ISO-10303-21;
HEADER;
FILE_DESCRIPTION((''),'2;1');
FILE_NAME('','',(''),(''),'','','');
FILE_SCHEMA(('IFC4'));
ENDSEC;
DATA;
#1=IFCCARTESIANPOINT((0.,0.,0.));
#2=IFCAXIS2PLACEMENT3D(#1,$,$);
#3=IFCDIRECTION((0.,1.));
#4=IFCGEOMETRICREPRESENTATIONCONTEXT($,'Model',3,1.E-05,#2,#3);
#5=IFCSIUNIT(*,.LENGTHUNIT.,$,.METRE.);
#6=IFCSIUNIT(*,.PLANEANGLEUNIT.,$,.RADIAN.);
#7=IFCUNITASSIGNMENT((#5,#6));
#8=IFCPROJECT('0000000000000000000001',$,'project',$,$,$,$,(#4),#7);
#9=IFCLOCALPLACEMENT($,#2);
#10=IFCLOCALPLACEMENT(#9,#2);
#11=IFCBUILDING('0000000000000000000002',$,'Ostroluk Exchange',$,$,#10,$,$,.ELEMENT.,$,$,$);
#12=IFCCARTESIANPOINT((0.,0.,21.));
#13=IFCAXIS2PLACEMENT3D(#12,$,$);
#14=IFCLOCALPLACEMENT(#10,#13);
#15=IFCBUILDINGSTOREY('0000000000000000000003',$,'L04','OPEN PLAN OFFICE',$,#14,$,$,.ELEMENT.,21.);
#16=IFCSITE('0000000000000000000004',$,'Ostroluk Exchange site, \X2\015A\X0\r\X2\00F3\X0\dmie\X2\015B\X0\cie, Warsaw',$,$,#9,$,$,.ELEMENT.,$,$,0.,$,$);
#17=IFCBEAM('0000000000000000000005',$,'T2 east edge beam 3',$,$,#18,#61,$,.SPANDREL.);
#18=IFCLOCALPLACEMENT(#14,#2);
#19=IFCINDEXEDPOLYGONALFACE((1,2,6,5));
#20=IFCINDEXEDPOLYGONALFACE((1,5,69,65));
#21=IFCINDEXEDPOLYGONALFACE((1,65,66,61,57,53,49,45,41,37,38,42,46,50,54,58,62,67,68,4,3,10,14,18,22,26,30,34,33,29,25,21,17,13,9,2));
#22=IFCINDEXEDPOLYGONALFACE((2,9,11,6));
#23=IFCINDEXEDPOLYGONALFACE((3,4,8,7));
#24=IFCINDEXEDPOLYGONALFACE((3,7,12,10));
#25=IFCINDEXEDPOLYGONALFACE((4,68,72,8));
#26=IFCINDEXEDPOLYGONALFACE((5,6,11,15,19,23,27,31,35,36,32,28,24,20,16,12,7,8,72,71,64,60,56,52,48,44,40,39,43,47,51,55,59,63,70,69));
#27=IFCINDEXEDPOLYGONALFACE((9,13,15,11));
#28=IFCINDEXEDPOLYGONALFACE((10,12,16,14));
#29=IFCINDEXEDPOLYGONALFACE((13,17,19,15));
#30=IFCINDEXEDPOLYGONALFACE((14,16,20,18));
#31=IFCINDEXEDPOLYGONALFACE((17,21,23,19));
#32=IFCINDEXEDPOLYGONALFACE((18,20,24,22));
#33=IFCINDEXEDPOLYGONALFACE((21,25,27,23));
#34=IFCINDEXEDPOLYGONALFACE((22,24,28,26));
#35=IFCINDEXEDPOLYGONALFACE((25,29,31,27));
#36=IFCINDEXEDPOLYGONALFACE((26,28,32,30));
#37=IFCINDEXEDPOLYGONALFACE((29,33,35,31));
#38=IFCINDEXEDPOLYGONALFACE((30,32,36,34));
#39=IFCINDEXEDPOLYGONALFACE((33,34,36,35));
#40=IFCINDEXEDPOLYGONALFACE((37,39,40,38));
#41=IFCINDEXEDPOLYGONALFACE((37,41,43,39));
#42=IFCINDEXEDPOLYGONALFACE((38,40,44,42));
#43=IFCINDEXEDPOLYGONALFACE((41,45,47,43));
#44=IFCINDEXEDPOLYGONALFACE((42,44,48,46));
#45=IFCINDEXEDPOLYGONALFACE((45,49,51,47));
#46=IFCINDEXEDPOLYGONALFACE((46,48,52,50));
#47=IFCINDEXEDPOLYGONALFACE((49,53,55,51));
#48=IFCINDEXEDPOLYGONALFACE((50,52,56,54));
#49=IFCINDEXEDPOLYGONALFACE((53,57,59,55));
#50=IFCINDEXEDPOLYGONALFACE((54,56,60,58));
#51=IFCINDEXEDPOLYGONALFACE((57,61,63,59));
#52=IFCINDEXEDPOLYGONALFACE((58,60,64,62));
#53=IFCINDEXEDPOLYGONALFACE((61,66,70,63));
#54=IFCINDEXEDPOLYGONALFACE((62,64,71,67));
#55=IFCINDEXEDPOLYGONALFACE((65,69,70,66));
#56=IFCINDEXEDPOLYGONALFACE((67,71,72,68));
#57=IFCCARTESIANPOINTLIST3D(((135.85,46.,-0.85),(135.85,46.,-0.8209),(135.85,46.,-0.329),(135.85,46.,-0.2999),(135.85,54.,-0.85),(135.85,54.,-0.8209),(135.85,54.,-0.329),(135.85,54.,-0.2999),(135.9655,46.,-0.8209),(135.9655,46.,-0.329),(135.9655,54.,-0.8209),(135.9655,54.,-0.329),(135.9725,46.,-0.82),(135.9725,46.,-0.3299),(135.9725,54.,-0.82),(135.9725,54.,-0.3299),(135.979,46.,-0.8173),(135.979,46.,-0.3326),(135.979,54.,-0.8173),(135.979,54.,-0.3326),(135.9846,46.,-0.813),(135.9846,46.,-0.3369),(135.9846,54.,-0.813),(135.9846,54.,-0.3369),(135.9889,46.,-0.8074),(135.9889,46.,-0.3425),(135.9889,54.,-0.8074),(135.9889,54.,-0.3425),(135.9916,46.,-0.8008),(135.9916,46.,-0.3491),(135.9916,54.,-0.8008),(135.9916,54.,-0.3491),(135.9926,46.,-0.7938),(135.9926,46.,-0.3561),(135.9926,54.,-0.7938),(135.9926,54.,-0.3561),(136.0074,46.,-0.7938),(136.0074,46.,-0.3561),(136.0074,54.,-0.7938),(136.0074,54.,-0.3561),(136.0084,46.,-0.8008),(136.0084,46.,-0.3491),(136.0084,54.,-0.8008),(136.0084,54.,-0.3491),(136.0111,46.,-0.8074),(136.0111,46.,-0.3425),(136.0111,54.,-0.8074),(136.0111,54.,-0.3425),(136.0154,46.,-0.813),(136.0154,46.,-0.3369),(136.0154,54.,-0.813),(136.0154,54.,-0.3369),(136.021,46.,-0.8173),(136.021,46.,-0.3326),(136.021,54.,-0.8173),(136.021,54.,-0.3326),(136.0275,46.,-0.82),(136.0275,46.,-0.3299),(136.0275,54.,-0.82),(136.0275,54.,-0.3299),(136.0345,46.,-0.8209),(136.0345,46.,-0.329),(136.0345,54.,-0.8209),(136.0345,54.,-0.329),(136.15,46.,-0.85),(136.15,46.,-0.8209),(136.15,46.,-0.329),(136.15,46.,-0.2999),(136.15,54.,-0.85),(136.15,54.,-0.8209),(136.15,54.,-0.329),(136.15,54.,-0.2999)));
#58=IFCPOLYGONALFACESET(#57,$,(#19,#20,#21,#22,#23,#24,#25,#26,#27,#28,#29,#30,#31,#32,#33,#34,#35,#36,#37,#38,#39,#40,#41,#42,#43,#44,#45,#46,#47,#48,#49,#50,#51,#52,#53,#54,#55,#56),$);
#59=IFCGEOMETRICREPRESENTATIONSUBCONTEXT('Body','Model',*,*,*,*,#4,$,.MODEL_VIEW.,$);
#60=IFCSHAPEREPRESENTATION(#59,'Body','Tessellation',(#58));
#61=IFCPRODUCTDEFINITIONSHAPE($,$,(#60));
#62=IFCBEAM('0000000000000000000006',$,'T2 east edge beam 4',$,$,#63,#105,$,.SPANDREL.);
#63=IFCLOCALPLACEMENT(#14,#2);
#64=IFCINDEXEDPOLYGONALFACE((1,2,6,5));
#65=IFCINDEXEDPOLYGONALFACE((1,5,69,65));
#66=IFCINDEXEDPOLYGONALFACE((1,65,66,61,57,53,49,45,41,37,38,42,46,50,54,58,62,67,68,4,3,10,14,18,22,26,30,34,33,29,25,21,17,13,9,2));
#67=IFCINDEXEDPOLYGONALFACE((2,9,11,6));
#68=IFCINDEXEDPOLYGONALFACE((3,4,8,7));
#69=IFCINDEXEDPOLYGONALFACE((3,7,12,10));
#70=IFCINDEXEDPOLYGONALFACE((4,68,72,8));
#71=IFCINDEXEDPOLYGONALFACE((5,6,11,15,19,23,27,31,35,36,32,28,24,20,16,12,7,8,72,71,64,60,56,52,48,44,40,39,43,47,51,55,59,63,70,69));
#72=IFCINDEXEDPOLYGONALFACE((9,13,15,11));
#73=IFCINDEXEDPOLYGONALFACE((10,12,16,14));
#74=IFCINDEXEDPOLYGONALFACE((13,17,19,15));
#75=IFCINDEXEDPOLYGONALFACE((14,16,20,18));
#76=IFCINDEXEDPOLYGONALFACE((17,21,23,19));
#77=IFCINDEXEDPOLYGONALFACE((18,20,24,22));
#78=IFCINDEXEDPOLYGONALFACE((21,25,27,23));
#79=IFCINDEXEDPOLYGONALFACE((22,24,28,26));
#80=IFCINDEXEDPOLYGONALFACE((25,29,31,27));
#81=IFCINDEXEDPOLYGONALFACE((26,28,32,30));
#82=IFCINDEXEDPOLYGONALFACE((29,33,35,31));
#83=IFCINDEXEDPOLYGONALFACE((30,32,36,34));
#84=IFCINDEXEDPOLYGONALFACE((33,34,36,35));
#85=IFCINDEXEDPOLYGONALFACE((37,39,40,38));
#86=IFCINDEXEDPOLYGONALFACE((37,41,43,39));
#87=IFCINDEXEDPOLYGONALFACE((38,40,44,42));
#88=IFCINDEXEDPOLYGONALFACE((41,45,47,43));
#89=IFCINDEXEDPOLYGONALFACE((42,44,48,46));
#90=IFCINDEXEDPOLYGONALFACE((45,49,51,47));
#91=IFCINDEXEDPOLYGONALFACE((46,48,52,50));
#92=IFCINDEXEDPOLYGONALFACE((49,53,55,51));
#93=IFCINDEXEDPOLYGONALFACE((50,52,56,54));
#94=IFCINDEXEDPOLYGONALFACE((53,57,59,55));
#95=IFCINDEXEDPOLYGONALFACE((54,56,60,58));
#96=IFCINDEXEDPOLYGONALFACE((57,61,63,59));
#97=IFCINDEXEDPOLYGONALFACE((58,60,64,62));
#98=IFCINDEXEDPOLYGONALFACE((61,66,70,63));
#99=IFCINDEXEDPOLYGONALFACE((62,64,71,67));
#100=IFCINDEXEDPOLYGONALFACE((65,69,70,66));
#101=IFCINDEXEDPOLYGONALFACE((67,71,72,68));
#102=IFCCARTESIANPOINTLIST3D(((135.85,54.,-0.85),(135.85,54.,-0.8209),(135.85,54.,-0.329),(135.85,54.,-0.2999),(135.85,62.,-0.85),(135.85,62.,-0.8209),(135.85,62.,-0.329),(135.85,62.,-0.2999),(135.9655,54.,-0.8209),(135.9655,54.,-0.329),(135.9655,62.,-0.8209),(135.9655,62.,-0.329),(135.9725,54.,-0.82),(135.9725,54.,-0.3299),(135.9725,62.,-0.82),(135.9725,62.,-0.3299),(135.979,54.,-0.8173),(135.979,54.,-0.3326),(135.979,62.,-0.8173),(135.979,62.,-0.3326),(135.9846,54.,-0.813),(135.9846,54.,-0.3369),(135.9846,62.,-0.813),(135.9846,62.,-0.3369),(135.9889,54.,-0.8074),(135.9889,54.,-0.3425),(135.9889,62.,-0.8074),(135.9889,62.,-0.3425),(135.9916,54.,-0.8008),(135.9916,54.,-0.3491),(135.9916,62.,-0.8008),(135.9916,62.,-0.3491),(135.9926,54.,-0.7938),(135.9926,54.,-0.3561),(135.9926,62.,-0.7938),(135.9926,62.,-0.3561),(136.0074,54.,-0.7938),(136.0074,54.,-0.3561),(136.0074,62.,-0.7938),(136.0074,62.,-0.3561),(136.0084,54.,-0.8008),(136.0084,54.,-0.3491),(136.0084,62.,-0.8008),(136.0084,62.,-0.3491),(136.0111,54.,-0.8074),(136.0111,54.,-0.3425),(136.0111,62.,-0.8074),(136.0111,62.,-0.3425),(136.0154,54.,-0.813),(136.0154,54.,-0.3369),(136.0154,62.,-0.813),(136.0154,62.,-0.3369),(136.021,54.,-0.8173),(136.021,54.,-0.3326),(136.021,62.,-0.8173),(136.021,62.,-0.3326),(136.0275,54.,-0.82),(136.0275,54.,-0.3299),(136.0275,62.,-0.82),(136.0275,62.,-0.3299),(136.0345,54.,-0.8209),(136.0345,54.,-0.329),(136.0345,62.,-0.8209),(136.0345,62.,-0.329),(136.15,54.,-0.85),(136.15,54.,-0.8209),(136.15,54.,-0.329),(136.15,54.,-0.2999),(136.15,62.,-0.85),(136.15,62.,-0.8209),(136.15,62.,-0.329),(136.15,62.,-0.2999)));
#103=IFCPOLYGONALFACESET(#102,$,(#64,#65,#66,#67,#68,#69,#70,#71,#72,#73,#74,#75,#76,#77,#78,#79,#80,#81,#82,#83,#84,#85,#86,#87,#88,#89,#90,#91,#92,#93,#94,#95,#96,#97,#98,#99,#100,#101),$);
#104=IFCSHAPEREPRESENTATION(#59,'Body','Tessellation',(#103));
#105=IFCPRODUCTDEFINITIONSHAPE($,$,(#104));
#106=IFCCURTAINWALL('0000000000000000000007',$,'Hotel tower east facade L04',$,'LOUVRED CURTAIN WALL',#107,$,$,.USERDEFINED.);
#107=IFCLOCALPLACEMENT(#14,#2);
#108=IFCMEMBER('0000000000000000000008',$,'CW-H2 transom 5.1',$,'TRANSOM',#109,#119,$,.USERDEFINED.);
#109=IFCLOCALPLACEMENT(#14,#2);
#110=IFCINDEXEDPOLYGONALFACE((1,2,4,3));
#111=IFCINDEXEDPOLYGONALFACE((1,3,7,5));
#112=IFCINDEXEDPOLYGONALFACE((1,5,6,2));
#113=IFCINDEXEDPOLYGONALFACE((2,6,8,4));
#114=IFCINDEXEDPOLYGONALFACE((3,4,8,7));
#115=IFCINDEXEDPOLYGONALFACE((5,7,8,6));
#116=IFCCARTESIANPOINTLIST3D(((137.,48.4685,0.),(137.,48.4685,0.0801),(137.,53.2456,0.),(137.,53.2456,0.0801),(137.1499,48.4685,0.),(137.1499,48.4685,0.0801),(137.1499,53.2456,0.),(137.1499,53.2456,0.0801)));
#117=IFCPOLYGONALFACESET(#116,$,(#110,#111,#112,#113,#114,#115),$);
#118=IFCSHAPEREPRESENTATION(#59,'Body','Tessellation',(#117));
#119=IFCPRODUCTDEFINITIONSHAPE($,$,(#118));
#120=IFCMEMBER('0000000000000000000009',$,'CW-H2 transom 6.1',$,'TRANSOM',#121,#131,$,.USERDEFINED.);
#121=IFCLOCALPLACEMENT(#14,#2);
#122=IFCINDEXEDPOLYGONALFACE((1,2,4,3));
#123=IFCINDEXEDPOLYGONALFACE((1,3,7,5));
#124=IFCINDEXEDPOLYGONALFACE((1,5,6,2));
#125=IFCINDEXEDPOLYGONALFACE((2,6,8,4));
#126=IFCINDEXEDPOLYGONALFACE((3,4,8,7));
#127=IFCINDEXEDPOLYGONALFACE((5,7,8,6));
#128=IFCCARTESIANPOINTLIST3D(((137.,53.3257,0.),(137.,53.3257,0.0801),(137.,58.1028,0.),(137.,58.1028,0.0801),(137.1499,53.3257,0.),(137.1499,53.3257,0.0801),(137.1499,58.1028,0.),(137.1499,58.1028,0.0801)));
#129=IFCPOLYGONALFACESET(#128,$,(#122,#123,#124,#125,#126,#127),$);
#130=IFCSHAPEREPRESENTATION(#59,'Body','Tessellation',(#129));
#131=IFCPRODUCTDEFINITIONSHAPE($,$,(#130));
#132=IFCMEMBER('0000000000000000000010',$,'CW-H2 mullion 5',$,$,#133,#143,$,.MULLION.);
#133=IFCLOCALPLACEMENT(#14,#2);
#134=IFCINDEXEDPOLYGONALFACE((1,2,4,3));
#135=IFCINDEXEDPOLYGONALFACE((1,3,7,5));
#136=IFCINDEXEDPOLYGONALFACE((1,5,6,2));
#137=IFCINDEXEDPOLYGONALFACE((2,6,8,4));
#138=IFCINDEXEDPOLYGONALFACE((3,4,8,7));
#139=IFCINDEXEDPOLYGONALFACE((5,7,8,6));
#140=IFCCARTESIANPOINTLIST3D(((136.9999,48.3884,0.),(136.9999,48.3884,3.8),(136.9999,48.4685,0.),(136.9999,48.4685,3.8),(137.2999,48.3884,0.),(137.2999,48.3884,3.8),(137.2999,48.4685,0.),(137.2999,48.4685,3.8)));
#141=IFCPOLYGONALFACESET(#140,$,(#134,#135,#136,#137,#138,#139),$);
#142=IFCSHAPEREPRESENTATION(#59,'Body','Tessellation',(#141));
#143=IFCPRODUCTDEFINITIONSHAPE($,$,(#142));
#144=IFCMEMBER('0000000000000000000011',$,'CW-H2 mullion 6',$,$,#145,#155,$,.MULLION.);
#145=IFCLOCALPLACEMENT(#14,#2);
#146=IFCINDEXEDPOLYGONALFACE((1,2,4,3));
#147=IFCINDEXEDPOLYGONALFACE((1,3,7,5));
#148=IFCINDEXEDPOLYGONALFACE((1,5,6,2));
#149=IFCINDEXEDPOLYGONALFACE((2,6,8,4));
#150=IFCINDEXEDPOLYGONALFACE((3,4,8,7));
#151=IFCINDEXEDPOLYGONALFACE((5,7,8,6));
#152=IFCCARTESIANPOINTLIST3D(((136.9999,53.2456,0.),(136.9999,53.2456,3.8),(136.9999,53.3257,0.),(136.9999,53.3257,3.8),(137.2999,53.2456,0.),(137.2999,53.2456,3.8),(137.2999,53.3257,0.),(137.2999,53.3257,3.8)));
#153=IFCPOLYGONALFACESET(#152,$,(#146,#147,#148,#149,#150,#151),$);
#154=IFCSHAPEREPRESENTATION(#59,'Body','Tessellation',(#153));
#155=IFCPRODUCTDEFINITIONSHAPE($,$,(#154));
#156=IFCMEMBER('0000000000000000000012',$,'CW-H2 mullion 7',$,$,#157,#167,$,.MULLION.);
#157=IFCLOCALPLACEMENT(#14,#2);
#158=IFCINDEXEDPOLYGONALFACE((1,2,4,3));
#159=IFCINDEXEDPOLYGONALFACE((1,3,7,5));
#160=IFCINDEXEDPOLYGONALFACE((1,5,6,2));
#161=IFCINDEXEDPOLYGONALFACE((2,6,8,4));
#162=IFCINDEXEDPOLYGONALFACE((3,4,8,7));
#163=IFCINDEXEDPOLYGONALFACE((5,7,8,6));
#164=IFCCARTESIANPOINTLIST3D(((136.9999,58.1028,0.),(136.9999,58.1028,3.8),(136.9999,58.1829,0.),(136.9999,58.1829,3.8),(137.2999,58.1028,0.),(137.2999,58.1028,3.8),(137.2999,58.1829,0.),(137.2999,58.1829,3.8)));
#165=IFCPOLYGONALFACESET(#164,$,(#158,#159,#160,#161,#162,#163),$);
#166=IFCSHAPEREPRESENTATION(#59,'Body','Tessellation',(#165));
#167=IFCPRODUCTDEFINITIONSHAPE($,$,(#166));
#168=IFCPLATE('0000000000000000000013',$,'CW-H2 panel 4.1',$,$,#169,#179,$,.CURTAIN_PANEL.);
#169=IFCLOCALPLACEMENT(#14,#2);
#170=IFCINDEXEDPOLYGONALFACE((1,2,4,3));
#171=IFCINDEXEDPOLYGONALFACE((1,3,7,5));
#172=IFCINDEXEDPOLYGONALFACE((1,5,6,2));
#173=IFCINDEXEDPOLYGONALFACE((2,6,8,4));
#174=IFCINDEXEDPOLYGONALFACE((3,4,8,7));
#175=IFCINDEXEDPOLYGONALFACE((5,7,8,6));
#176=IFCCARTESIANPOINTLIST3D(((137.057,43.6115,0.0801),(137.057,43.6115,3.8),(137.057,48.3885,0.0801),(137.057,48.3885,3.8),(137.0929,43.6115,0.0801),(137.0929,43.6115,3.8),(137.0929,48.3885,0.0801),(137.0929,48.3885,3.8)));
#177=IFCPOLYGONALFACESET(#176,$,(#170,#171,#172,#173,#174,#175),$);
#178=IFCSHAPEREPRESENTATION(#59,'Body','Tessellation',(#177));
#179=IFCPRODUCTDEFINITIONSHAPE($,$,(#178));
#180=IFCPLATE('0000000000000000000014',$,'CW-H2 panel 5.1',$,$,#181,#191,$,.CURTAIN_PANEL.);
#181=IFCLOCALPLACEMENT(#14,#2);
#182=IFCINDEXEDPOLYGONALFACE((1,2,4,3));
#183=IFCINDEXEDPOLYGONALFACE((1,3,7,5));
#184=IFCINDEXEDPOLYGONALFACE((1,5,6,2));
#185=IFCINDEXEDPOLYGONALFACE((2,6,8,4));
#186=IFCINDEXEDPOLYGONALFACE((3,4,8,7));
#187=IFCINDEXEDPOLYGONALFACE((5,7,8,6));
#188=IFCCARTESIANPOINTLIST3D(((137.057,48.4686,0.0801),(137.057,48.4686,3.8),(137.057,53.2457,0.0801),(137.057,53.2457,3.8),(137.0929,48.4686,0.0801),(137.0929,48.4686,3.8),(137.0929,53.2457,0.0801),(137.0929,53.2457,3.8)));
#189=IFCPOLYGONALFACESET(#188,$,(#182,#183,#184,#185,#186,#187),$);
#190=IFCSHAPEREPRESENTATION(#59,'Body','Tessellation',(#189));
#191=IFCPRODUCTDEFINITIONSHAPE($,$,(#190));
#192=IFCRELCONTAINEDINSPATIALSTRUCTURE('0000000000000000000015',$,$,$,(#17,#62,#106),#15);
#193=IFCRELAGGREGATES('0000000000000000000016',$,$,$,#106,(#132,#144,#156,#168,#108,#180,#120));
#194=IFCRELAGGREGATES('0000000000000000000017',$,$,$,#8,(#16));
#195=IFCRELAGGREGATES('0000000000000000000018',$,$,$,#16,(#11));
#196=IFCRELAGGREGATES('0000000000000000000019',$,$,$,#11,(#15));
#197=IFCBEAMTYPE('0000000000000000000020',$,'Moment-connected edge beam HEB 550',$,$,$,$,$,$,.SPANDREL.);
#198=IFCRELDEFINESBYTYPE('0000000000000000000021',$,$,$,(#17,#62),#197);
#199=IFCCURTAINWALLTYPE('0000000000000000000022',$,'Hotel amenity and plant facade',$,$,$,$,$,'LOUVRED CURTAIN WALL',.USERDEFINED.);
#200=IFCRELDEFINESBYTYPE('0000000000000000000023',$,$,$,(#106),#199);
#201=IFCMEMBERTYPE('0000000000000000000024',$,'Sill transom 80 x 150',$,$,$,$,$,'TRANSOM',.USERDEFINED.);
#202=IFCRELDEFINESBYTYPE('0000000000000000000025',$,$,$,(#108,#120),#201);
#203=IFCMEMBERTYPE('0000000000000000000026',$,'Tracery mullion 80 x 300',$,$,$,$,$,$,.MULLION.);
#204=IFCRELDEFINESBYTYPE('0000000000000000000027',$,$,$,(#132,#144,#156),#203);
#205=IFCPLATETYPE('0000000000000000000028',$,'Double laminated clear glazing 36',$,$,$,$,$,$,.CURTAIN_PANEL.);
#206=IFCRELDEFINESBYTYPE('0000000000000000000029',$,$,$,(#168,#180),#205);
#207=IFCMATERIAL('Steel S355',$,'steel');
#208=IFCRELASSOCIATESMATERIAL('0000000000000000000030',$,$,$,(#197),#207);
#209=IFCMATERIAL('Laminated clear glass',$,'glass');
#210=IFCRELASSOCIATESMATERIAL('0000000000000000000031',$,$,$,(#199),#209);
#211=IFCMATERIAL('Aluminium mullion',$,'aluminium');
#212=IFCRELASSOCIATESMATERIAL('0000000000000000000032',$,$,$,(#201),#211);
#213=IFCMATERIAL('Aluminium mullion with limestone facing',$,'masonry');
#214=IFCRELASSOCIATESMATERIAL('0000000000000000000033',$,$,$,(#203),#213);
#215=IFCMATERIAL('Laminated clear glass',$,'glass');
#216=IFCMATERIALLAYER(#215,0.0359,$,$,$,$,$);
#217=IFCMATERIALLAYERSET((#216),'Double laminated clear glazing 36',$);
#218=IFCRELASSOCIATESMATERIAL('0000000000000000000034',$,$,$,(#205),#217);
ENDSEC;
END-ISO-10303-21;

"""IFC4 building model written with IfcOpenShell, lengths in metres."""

from ifc_helpers import new_model, si_unit, direction, frame, origin, origin_2d, place, context, subcontext, project, spatial, rectangle, i_section, extrude, material, layer, layer_set, material_profile, profile_set, type_object, element, aggregate, save


model = new_model("IFC4")

# Units and contexts
model_context = context("Model", 3, precision=1e-05, world=origin(), true_north=direction((0.0, 1.0)))
body_context = subcontext(model_context, "Body", "Model", "MODEL_VIEW")
ifc_project = project(units=[si_unit("LENGTHUNIT", "METRE"), si_unit("PLANEANGLEUNIT", "RADIAN")], contexts=[model_context])

# Site, building, storey
site_placement = place(None, origin())
site = spatial("IfcSite", under=ifc_project, at=site_placement, Name="Ostroluk Exchange site, Śródmieście, Warsaw", CompositionType="ELEMENT", RefElevation=0.0)
building_placement = place(site_placement, origin())
building = spatial("IfcBuilding", under=site, at=building_placement, Name="Ostroluk Exchange", CompositionType="ELEMENT")
storey_placement = place(building_placement, frame((0.0, 0.0, 21.0)))
storey = spatial("IfcBuildingStorey", under=building, at=storey_placement, Name="L04", Description="OPEN PLAN OFFICE", CompositionType="ELEMENT", Elevation=21.0)

# Beams
ifc_material_1 = material(Name="Steel S355", Category="steel")
ifc_material_profile_1 = material_profile(ifc_material_1, i_section(OverallWidth=0.3, OverallDepth=0.55, WebThickness=0.0149, FlangeThickness=0.0291, FilletRadius=0.0271, at=origin_2d()), Name="HEB 550")
ifc_profile_set_1 = profile_set([ifc_material_profile_1], Name="Steel S355")
beam_type = type_object("IfcBeamType", Name="Moment-connected edge beam HEB 550", PredefinedType="SPANDREL", material=ifc_profile_set_1)
for number, where, z_axis, x_axis, name in (
    (1, (136.0, 46.0, -0.575), (0.0, 1.0, 0.0), (-1.0, 0.0, 0.0), "T2 east edge beam 3"),
    (2, (136.0, 54.0, -0.575), (0.0, 1.0, 0.0), (-1.0, 0.0, 0.0), "T2 east edge beam 4"),
):
    element("IfcBeam", number, at=place(storey_placement, frame(where, z_axis=z_axis, x_axis=x_axis)), inside=storey, type_object=beam_type, Name=name, PredefinedType="SPANDREL", context=body_context, shape_type="SweptSolid", body=[
        extrude(i_section(OverallWidth=0.3, OverallDepth=0.55, WebThickness=0.0149, FlangeThickness=0.0291, FilletRadius=0.0271, at=origin_2d()), origin(), (0.0, 0.0, 1.0), 8.0),
    ])

# Curtain wall, members, plates
ifc_material_2 = material(Name="Laminated clear glass", Category="glass")
curtain_wall_type = type_object("IfcCurtainWallType", Name="Hotel amenity and plant facade", ElementType="LOUVRED CURTAIN WALL", PredefinedType="USERDEFINED", material=ifc_material_2)
curtain_wall_placement = place(storey_placement, origin())
curtain_wall = element("IfcCurtainWall", 3, at=curtain_wall_placement, inside=storey, type_object=curtain_wall_type, Name="Hotel tower east facade L04", ObjectType="LOUVRED CURTAIN WALL", PredefinedType="USERDEFINED")
ifc_material_3 = material(Name="Aluminium mullion", Category="aluminium")
ifc_material_profile_2 = material_profile(ifc_material_3, rectangle(XDim=0.1499, YDim=0.0801, at=origin_2d()), Name="Sill transom 80 x 150")
ifc_profile_set_2 = profile_set([ifc_material_profile_2], Name="Aluminium mullion")
member_type_1 = type_object("IfcMemberType", Name="Sill transom 80 x 150", ElementType="TRANSOM", PredefinedType="USERDEFINED", material=ifc_profile_set_2)
member_1_placement = place(storey_placement, frame((137.075, 48.4685, 0.04), z_axis=(0.0, 1.0, 0.0), x_axis=(-1.0, 0.0, 0.0)))
member_1 = element("IfcMember", 4, at=member_1_placement, type_object=member_type_1, Name="CW-H2 transom 5.1", ObjectType="TRANSOM", PredefinedType="USERDEFINED", context=body_context, shape_type="SweptSolid", body=[
    extrude(rectangle(XDim=0.1499, YDim=0.0801, at=origin_2d()), origin(), (0.0, 0.0, 1.0), 4.7771),
])
member_2_placement = place(storey_placement, frame((137.075, 53.3257, 0.04), z_axis=(0.0, 1.0, 0.0), x_axis=(-1.0, 0.0, 0.0)))
member_2 = element("IfcMember", 5, at=member_2_placement, type_object=member_type_1, Name="CW-H2 transom 6.1", ObjectType="TRANSOM", PredefinedType="USERDEFINED", context=body_context, shape_type="SweptSolid", body=[
    extrude(rectangle(XDim=0.1499, YDim=0.0801, at=origin_2d()), origin(), (0.0, 0.0, 1.0), 4.7771),
])
ifc_material_4 = material(Name="Aluminium mullion with limestone facing", Category="masonry")
ifc_material_profile_3 = material_profile(ifc_material_4, rectangle(XDim=0.3, YDim=0.0801, at=origin_2d()), Name="Tracery mullion 80 x 300")
ifc_profile_set_3 = profile_set([ifc_material_profile_3], Name="Aluminium mullion with limestone facing")
member_type_2 = type_object("IfcMemberType", Name="Tracery mullion 80 x 300", PredefinedType="MULLION", material=ifc_profile_set_3)
member_3_placement = place(storey_placement, frame((137.1499, 48.4285, 0.0), z_axis=(0.0, 0.0, 1.0), x_axis=(-1.0, 0.0, 0.0)))
member_3 = element("IfcMember", 6, at=member_3_placement, type_object=member_type_2, Name="CW-H2 mullion 5", PredefinedType="MULLION", context=body_context, shape_type="SweptSolid", body=[
    extrude(rectangle(XDim=0.3, YDim=0.0801, at=origin_2d()), origin(), (0.0, 0.0, 1.0), 3.8),
])
member_4_placement = place(storey_placement, frame((137.1499, 53.2856, 0.0), z_axis=(0.0, 0.0, 1.0), x_axis=(-1.0, 0.0, 0.0)))
member_4 = element("IfcMember", 7, at=member_4_placement, type_object=member_type_2, Name="CW-H2 mullion 6", PredefinedType="MULLION", context=body_context, shape_type="SweptSolid", body=[
    extrude(rectangle(XDim=0.3, YDim=0.0801, at=origin_2d()), origin(), (0.0, 0.0, 1.0), 3.8),
])
member_5_placement = place(storey_placement, frame((137.1499, 58.1428, 0.0), z_axis=(0.0, 0.0, 1.0), x_axis=(-1.0, 0.0, 0.0)))
member_5 = element("IfcMember", 8, at=member_5_placement, type_object=member_type_2, Name="CW-H2 mullion 7", PredefinedType="MULLION", context=body_context, shape_type="SweptSolid", body=[
    extrude(rectangle(XDim=0.3, YDim=0.0801, at=origin_2d()), origin(), (0.0, 0.0, 1.0), 3.8),
])
ifc_material_5 = material(Name="Laminated clear glass", Category="glass")
ifc_layer_1 = layer(ifc_material_5, 0.0359)
ifc_layer_set_1 = layer_set([ifc_layer_1], Name="Double laminated clear glazing 36")
plate_type = type_object("IfcPlateType", Name="Double laminated clear glazing 36", PredefinedType="CURTAIN_PANEL", material=ifc_layer_set_1)
plate_1_placement = place(storey_placement, frame((137.075, 46.0, 0.0801), z_axis=(0.0, 0.0, 1.0), x_axis=(0.0, 1.0, 0.0)))
plate_1 = element("IfcPlate", 9, at=plate_1_placement, type_object=plate_type, Name="CW-H2 panel 4.1", PredefinedType="CURTAIN_PANEL", context=body_context, shape_type="SweptSolid", body=[
    extrude(rectangle(XDim=4.7771, YDim=0.0359, at=origin_2d()), origin(), (0.0, 0.0, 1.0), 3.72),
])
plate_2_placement = place(storey_placement, frame((137.075, 50.8572, 0.0801), z_axis=(0.0, 0.0, 1.0), x_axis=(0.0, 1.0, 0.0)))
plate_2 = element("IfcPlate", 10, at=plate_2_placement, type_object=plate_type, Name="CW-H2 panel 5.1", PredefinedType="CURTAIN_PANEL", context=body_context, shape_type="SweptSolid", body=[
    extrude(rectangle(XDim=4.7771, YDim=0.0359, at=origin_2d()), origin(), (0.0, 0.0, 1.0), 3.72),
])
aggregate(curtain_wall, [member_3, member_4, member_5, plate_1, member_1, plate_2, member_2])

save(model, "model.ifc")
